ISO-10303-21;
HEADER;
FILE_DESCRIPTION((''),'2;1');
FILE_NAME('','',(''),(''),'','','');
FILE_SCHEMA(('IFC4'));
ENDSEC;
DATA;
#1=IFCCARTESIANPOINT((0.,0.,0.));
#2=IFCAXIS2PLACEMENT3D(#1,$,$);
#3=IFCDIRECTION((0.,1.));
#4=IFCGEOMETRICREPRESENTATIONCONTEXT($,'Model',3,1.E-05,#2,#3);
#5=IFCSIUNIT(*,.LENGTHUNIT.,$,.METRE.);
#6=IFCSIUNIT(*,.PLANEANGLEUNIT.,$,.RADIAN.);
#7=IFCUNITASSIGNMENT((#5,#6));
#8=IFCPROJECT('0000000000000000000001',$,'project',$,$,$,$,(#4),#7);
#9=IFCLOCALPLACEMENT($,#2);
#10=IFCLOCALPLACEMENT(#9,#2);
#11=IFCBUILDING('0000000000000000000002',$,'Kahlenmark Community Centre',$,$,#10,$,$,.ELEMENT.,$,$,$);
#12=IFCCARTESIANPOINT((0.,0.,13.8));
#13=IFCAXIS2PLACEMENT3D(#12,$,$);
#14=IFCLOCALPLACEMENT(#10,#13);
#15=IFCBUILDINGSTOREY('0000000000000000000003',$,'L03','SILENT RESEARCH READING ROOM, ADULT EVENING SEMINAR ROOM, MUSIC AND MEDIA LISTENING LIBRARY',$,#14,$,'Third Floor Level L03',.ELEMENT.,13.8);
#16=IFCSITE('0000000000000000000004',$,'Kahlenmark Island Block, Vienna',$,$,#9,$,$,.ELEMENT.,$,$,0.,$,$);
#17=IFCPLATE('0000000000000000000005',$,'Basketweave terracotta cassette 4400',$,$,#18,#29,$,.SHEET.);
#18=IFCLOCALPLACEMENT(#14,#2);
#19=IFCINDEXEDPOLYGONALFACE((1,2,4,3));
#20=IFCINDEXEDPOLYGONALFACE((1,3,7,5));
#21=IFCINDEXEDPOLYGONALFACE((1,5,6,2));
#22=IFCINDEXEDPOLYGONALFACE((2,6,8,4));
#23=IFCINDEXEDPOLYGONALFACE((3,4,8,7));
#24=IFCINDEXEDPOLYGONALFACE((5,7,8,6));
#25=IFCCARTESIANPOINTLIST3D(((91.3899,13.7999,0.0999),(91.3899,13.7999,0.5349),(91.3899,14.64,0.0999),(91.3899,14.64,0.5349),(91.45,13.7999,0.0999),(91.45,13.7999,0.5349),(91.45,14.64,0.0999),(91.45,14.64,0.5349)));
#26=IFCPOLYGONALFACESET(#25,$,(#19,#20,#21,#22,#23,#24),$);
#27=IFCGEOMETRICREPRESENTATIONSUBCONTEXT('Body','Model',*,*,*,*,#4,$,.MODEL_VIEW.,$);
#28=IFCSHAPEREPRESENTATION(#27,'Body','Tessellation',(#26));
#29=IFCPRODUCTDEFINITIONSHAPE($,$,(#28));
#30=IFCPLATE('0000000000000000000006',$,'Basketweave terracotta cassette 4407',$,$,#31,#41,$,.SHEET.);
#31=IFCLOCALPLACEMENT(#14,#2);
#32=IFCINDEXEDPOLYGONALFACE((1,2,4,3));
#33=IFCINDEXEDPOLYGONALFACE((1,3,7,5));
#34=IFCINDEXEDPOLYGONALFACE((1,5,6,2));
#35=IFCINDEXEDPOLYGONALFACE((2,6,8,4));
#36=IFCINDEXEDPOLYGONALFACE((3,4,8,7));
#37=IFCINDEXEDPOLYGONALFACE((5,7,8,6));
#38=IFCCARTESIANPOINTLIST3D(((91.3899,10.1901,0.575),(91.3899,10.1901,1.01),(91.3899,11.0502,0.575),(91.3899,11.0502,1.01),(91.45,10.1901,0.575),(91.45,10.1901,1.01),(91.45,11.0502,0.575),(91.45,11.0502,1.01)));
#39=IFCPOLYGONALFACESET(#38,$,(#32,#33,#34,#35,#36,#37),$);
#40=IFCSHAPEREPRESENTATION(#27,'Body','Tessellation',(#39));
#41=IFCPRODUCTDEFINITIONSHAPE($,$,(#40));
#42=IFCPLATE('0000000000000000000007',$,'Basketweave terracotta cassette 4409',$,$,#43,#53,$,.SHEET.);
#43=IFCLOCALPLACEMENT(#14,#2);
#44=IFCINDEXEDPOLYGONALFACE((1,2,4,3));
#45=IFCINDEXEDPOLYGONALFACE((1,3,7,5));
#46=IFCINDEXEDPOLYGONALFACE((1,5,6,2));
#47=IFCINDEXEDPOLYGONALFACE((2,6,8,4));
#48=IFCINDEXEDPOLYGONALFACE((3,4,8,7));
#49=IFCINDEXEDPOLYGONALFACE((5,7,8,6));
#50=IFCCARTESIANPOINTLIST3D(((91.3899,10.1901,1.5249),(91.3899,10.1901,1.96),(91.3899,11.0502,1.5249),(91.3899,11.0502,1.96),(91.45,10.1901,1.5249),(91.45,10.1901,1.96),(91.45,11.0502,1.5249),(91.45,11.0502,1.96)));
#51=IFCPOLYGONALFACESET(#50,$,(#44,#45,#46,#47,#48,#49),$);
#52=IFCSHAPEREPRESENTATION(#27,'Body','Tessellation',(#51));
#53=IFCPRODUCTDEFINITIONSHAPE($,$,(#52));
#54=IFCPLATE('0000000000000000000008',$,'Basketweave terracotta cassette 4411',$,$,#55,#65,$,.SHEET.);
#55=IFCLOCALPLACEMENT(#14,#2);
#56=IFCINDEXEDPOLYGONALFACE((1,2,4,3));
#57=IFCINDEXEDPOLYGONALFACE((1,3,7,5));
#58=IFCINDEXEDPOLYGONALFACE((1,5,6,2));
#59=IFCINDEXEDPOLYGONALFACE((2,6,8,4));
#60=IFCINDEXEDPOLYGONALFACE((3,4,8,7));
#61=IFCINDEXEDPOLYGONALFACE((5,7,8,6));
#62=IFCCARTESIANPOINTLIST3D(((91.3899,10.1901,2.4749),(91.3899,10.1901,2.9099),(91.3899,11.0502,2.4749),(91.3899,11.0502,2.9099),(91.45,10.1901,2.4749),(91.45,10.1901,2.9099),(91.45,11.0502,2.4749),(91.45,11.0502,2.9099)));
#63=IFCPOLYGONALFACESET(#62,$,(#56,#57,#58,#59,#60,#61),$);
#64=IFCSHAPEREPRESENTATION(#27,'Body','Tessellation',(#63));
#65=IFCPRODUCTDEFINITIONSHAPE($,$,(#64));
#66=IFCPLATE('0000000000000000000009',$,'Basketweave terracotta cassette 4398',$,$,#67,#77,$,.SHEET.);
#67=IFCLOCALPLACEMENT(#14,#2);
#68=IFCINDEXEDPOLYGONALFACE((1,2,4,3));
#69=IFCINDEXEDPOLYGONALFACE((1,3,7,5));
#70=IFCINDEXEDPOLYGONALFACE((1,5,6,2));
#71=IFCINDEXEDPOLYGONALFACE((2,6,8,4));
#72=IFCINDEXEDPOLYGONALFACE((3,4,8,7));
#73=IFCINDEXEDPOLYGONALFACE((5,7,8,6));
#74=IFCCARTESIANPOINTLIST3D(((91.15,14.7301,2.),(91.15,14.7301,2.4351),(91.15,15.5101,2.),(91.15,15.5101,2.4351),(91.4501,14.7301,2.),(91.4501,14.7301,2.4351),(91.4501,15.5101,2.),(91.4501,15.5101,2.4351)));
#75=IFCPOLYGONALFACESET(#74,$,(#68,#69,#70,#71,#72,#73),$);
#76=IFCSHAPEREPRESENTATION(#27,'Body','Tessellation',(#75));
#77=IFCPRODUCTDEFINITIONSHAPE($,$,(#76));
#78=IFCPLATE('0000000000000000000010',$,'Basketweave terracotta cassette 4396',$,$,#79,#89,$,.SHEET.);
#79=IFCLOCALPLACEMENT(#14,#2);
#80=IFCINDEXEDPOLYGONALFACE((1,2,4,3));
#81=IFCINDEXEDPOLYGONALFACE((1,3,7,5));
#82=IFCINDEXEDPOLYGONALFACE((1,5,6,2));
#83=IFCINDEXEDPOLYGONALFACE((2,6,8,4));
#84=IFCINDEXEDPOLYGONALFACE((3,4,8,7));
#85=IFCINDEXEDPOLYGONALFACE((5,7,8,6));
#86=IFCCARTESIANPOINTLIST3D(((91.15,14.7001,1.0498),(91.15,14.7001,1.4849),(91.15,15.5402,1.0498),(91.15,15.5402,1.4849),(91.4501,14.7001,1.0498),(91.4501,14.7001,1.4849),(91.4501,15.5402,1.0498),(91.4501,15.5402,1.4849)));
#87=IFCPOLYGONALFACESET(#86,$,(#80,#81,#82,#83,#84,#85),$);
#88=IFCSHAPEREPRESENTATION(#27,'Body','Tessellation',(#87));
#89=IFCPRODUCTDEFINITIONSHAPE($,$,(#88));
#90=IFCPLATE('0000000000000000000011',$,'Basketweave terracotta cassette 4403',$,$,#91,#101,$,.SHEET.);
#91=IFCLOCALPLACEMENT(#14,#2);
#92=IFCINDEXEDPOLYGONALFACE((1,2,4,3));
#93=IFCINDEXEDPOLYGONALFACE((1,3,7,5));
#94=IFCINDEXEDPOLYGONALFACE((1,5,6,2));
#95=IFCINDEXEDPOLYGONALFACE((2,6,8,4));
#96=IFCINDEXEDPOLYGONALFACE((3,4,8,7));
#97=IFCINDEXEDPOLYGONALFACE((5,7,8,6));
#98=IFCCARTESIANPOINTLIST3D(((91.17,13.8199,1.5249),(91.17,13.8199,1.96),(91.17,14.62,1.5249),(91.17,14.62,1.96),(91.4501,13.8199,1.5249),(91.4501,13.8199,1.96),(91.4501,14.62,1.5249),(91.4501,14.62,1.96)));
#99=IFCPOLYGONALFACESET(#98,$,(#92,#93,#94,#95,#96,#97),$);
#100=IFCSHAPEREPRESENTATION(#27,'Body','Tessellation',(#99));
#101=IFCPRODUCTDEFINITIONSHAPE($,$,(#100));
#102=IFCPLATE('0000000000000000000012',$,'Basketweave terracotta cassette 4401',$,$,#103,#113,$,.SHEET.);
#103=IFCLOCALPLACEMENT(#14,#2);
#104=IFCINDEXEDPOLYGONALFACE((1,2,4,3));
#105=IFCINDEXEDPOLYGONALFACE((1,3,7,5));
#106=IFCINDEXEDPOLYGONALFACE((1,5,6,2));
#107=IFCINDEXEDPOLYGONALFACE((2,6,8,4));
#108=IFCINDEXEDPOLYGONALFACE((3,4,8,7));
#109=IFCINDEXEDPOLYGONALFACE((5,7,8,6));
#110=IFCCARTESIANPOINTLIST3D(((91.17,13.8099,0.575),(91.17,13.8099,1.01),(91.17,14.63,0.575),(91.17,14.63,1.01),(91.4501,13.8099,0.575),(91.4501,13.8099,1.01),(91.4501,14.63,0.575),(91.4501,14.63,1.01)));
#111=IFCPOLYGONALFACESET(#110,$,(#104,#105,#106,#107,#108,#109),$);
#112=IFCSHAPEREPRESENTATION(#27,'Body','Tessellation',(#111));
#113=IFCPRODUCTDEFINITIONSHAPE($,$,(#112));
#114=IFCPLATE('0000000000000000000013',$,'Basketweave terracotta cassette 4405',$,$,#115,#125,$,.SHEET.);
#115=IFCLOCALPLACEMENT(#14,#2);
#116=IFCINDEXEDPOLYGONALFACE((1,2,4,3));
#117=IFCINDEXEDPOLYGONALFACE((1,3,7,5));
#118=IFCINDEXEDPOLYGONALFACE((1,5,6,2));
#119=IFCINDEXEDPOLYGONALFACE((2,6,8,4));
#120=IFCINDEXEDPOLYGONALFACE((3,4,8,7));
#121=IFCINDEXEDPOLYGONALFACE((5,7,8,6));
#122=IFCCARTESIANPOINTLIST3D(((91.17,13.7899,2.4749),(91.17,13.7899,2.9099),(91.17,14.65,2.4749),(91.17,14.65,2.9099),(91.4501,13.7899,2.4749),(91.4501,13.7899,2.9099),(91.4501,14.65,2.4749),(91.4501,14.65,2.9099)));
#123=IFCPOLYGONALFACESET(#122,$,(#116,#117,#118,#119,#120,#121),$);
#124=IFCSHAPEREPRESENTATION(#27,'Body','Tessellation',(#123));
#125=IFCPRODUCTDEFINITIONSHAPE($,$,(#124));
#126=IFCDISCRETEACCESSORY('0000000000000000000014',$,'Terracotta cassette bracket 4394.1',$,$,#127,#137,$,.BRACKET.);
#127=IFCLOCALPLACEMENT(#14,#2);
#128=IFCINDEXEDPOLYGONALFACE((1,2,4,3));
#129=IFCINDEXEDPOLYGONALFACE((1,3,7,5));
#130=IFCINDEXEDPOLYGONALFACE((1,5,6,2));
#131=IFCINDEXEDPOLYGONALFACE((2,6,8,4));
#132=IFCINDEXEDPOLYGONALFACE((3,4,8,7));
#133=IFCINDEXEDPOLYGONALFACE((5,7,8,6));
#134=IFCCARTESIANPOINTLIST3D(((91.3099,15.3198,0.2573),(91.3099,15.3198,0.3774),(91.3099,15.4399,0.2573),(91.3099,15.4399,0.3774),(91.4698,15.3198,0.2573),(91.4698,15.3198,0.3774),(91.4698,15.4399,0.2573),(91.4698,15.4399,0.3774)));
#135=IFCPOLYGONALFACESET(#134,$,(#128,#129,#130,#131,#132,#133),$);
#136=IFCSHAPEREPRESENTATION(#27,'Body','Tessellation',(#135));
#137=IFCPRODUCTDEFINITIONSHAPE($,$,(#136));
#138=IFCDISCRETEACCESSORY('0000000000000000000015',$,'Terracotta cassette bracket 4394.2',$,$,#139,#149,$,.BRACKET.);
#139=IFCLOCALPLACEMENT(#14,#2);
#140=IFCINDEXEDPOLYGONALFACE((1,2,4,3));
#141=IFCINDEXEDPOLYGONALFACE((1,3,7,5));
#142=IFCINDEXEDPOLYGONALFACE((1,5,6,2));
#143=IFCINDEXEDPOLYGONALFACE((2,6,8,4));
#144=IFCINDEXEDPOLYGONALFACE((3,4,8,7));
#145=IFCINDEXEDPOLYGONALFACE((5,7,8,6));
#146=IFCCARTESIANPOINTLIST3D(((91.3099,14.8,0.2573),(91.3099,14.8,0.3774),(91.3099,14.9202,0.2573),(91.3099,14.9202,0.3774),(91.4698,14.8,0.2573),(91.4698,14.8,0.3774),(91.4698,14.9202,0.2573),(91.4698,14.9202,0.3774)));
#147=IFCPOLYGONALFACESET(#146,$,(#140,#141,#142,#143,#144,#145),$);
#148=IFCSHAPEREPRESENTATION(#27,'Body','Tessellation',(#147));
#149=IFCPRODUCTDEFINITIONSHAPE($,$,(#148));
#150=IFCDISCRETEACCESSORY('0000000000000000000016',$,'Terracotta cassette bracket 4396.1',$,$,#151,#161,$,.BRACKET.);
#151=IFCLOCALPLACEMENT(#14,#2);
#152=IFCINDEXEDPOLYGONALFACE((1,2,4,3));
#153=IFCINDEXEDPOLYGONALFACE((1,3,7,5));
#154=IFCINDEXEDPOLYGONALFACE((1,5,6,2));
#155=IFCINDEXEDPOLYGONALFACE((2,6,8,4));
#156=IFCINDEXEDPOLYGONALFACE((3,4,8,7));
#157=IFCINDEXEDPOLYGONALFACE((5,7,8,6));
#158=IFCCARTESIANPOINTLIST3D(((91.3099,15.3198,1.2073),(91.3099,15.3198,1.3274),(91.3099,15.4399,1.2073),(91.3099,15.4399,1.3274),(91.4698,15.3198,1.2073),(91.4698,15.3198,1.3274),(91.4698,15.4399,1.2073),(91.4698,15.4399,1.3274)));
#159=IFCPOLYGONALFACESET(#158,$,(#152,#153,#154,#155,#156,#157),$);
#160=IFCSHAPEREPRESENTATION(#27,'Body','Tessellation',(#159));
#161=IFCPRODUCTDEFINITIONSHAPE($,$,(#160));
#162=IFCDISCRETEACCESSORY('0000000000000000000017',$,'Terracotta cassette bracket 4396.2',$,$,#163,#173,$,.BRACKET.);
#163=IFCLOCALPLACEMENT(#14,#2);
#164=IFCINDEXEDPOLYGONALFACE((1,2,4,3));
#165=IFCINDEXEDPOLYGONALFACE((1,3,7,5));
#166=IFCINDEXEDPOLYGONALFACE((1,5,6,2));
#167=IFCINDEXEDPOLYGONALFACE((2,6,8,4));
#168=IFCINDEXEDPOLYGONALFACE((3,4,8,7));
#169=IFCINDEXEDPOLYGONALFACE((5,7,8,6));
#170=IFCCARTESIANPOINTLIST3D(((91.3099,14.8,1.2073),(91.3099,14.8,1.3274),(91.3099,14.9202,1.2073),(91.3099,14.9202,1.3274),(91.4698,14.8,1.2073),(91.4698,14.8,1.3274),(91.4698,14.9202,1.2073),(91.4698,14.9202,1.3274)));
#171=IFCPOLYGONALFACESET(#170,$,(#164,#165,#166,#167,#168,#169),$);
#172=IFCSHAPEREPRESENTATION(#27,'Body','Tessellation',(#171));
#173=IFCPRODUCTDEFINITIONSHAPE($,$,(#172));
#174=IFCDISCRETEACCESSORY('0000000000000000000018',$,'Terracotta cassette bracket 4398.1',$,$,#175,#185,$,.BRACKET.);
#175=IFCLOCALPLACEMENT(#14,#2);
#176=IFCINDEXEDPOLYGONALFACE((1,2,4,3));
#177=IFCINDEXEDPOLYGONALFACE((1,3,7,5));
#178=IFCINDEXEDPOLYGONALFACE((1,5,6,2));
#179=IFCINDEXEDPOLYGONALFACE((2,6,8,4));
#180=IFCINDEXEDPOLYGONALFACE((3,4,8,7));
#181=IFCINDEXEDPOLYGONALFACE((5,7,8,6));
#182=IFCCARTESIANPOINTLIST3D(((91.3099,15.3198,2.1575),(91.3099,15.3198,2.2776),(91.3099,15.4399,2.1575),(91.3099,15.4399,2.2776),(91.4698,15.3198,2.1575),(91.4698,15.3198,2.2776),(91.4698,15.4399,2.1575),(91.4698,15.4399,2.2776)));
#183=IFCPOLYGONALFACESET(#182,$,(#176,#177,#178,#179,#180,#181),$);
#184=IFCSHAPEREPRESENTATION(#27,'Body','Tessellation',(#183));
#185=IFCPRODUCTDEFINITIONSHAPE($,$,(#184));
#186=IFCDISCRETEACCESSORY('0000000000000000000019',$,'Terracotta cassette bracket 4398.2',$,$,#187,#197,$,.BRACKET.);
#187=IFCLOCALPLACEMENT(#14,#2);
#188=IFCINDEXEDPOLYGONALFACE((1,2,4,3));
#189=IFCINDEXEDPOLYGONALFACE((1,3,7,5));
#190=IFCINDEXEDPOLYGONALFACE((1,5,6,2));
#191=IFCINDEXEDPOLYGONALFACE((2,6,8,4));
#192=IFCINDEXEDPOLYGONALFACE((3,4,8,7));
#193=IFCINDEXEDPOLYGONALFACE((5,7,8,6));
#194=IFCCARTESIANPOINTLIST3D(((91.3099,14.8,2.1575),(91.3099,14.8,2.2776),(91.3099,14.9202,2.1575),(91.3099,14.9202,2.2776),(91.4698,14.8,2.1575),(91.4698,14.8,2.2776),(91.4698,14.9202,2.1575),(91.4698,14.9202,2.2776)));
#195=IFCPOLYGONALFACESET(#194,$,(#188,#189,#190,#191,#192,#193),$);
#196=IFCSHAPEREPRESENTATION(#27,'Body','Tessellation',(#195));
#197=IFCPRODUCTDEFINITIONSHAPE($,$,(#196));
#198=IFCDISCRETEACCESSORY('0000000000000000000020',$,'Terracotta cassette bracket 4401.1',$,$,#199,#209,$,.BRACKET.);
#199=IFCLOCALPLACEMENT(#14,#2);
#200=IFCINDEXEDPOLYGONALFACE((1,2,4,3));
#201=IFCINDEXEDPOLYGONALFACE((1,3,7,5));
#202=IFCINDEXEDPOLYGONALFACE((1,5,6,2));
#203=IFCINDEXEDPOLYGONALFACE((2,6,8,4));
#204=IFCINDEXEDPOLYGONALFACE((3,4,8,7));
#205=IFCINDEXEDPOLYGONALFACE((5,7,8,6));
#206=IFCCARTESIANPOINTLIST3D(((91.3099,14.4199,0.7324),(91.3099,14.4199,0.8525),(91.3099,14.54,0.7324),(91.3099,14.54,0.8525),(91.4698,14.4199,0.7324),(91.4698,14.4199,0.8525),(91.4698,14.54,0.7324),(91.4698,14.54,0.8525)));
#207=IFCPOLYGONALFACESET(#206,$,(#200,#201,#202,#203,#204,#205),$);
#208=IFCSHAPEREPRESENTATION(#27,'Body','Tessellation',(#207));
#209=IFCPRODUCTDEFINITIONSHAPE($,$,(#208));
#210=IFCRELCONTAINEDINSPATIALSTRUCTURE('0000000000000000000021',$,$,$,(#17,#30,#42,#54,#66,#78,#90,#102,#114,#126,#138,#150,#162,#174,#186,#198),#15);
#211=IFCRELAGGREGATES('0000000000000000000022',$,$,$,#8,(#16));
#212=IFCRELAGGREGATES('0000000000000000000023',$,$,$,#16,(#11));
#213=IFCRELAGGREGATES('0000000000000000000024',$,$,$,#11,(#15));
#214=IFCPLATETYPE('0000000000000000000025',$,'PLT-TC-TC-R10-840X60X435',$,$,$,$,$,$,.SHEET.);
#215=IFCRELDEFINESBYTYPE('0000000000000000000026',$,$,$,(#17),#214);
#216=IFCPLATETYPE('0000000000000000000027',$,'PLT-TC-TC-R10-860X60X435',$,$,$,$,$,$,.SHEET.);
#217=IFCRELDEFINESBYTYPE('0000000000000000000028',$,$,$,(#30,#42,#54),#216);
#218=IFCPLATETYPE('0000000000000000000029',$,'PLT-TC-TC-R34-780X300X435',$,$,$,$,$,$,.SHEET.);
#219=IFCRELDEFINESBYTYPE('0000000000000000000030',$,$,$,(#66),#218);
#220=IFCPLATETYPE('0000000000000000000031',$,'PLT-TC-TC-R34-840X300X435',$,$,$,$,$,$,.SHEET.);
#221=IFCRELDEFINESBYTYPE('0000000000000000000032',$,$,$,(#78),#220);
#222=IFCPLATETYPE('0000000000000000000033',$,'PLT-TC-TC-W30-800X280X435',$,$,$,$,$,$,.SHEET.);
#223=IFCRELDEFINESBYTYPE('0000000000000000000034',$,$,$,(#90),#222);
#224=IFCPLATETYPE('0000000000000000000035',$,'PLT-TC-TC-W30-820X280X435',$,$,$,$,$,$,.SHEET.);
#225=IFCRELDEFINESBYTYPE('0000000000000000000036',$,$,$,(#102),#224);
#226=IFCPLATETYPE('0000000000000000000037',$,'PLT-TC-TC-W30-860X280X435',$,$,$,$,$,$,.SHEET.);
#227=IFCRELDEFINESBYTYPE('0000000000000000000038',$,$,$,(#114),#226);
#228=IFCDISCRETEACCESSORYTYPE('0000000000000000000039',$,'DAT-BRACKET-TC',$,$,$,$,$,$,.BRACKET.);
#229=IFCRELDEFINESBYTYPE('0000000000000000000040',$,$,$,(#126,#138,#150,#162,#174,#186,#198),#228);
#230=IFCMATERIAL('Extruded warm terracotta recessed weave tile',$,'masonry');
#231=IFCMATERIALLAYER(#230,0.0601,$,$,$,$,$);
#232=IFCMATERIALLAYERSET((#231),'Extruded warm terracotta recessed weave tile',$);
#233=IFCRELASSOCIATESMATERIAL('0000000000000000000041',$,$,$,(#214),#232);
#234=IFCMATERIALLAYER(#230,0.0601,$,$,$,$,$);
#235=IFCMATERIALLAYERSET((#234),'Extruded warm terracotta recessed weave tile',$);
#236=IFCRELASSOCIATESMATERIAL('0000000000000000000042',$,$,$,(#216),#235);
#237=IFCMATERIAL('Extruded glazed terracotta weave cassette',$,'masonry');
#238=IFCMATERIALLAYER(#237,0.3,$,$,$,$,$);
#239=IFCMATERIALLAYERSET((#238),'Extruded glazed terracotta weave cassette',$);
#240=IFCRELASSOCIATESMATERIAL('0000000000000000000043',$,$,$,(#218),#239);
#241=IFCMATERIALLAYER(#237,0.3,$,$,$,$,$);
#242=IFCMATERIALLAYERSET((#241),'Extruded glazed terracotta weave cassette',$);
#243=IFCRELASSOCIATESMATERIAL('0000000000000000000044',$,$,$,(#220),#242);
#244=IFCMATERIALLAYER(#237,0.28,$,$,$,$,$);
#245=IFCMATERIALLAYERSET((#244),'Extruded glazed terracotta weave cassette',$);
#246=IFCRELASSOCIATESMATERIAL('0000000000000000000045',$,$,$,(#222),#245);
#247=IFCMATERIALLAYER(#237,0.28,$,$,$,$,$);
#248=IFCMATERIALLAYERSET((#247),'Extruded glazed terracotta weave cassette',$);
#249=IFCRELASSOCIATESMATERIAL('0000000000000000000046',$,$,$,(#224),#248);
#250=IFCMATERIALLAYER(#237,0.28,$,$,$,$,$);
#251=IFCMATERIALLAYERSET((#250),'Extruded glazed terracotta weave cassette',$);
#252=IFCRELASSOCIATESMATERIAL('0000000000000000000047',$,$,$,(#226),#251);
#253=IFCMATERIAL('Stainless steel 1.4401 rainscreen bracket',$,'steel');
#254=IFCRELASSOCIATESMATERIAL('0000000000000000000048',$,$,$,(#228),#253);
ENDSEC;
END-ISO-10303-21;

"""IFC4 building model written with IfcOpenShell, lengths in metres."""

from ifc_helpers import new_model, si_unit, direction, frame, origin, origin_2d, place, context, subcontext, project, spatial, rectangle, extrude, material, layer, layer_set, type_object, element, save


model = new_model("IFC4")

# Units and contexts
model_context = context("Model", 3, precision=1e-05, world=origin(), true_north=direction((0.0, 1.0)))
body_context = subcontext(model_context, "Body", "Model", "MODEL_VIEW")
ifc_project = project(units=[si_unit("LENGTHUNIT", "METRE"), si_unit("PLANEANGLEUNIT", "RADIAN")], contexts=[model_context])

# Site, building, storey
site_placement = place(None, origin())
site = spatial("IfcSite", under=ifc_project, at=site_placement, Name="Kahlenmark Island Block, Vienna", CompositionType="ELEMENT", RefElevation=0.0)
building_placement = place(site_placement, origin())
building = spatial("IfcBuilding", under=site, at=building_placement, Name="Kahlenmark Community Centre", CompositionType="ELEMENT")
storey_placement = place(building_placement, frame((0.0, 0.0, 13.8)))
storey = spatial("IfcBuildingStorey", under=building, at=storey_placement, Name="L03", Description="SILENT RESEARCH READING ROOM, ADULT EVENING SEMINAR ROOM, MUSIC AND MEDIA LISTENING LIBRARY", LongName="Third Floor Level L03", CompositionType="ELEMENT", Elevation=13.8)

# Plates
ifc_material_1 = material(Name="Extruded warm terracotta recessed weave tile", Category="masonry")
ifc_layer_1 = layer(ifc_material_1, 0.0601)
ifc_layer_set_1 = layer_set([ifc_layer_1], Name="Extruded warm terracotta recessed weave tile")
plate_type_1 = type_object("IfcPlateType", Name="PLT-TC-TC-R10-840X60X435", PredefinedType="SHEET", material=ifc_layer_set_1)
plate_1_placement = place(storey_placement, frame((91.4199, 14.22, 0.0999), z_axis=(0.0, 0.0, 1.0), x_axis=(0.0, -1.0, 0.0)))
element("IfcPlate", 1, at=plate_1_placement, inside=storey, type_object=plate_type_1, Name="Basketweave terracotta cassette 4400", PredefinedType="SHEET", context=body_context, shape_type="SweptSolid", body=[
    extrude(rectangle(XDim=0.8401, YDim=0.0601, at=origin_2d()), origin(), (0.0, 0.0, 1.0), 0.4351),
])
ifc_layer_2 = layer(ifc_material_1, 0.0601)
ifc_layer_set_2 = layer_set([ifc_layer_2], Name="Extruded warm terracotta recessed weave tile")
plate_type_2 = type_object("IfcPlateType", Name="PLT-TC-TC-R10-860X60X435", PredefinedType="SHEET", material=ifc_layer_set_2)
for number, where, z_axis, x_axis, name in (
    (2, (91.4199, 10.6201, 0.575), (0.0, 0.0, 1.0), (0.0, -1.0, 0.0), "Basketweave terracotta cassette 4407"),
    (3, (91.4199, 10.6201, 1.5249), (0.0, 0.0, 1.0), (0.0, -1.0, 0.0), "Basketweave terracotta cassette 4409"),
    (4, (91.4199, 10.6201, 2.4749), (0.0, 0.0, 1.0), (0.0, -1.0, 0.0), "Basketweave terracotta cassette 4411"),
):
    element("IfcPlate", number, at=place(storey_placement, frame(where, z_axis=z_axis, x_axis=x_axis)), inside=storey, type_object=plate_type_2, Name=name, PredefinedType="SHEET", context=body_context, shape_type="SweptSolid", body=[
        extrude(rectangle(XDim=0.8601, YDim=0.0601, at=origin_2d()), origin(), (0.0, 0.0, 1.0), 0.4351),
    ])
ifc_material_2 = material(Name="Extruded glazed terracotta weave cassette", Category="masonry")
ifc_layer_3 = layer(ifc_material_2, 0.3)
ifc_layer_set_3 = layer_set([ifc_layer_3], Name="Extruded glazed terracotta weave cassette")
plate_type_3 = type_object("IfcPlateType", Name="PLT-TC-TC-R34-780X300X435", PredefinedType="SHEET", material=ifc_layer_set_3)
plate_2_placement = place(storey_placement, frame((91.3, 15.1201, 2.0), z_axis=(0.0, 0.0, 1.0), x_axis=(0.0, -1.0, 0.0)))
element("IfcPlate", 5, at=plate_2_placement, inside=storey, type_object=plate_type_3, Name="Basketweave terracotta cassette 4398", PredefinedType="SHEET", context=body_context, shape_type="SweptSolid", body=[
    extrude(rectangle(XDim=0.78, YDim=0.3, at=origin_2d()), origin(), (0.0, 0.0, 1.0), 0.4351),
])
ifc_layer_4 = layer(ifc_material_2, 0.3)
ifc_layer_set_4 = layer_set([ifc_layer_4], Name="Extruded glazed terracotta weave cassette")
plate_type_4 = type_object("IfcPlateType", Name="PLT-TC-TC-R34-840X300X435", PredefinedType="SHEET", material=ifc_layer_set_4)
plate_3_placement = place(storey_placement, frame((91.3, 15.1201, 1.0498), z_axis=(0.0, 0.0, 1.0), x_axis=(0.0, -1.0, 0.0)))
element("IfcPlate", 6, at=plate_3_placement, inside=storey, type_object=plate_type_4, Name="Basketweave terracotta cassette 4396", PredefinedType="SHEET", context=body_context, shape_type="SweptSolid", body=[
    extrude(rectangle(XDim=0.8401, YDim=0.3, at=origin_2d()), origin(), (0.0, 0.0, 1.0), 0.4351),
])
ifc_layer_5 = layer(ifc_material_2, 0.28)
ifc_layer_set_5 = layer_set([ifc_layer_5], Name="Extruded glazed terracotta weave cassette")
plate_type_5 = type_object("IfcPlateType", Name="PLT-TC-TC-W30-800X280X435", PredefinedType="SHEET", material=ifc_layer_set_5)
plate_4_placement = place(storey_placement, frame((91.3101, 14.22, 1.5249), z_axis=(0.0, 0.0, 1.0), x_axis=(0.0, -1.0, 0.0)))
element("IfcPlate", 7, at=plate_4_placement, inside=storey, type_object=plate_type_5, Name="Basketweave terracotta cassette 4403", PredefinedType="SHEET", context=body_context, shape_type="SweptSolid", body=[
    extrude(rectangle(XDim=0.8, YDim=0.28, at=origin_2d()), origin(), (0.0, 0.0, 1.0), 0.4351),
])
ifc_layer_6 = layer(ifc_material_2, 0.28)
ifc_layer_set_6 = layer_set([ifc_layer_6], Name="Extruded glazed terracotta weave cassette")
plate_type_6 = type_object("IfcPlateType", Name="PLT-TC-TC-W30-820X280X435", PredefinedType="SHEET", material=ifc_layer_set_6)
plate_5_placement = place(storey_placement, frame((91.3101, 14.22, 0.575), z_axis=(0.0, 0.0, 1.0), x_axis=(0.0, -1.0, 0.0)))
element("IfcPlate", 8, at=plate_5_placement, inside=storey, type_object=plate_type_6, Name="Basketweave terracotta cassette 4401", PredefinedType="SHEET", context=body_context, shape_type="SweptSolid", body=[
    extrude(rectangle(XDim=0.8201, YDim=0.28, at=origin_2d()), origin(), (0.0, 0.0, 1.0), 0.4351),
])
ifc_layer_7 = layer(ifc_material_2, 0.28)
ifc_layer_set_7 = layer_set([ifc_layer_7], Name="Extruded glazed terracotta weave cassette")
plate_type_7 = type_object("IfcPlateType", Name="PLT-TC-TC-W30-860X280X435", PredefinedType="SHEET", material=ifc_layer_set_7)
plate_6_placement = place(storey_placement, frame((91.3101, 14.22, 2.4749), z_axis=(0.0, 0.0, 1.0), x_axis=(0.0, -1.0, 0.0)))
element("IfcPlate", 9, at=plate_6_placement, inside=storey, type_object=plate_type_7, Name="Basketweave terracotta cassette 4405", PredefinedType="SHEET", context=body_context, shape_type="SweptSolid", body=[
    extrude(rectangle(XDim=0.8601, YDim=0.28, at=origin_2d()), origin(), (0.0, 0.0, 1.0), 0.4351),
])

# Discrete accessories
ifc_material_3 = material(Name="Stainless steel 1.4401 rainscreen bracket", Category="steel")
discrete_accessory_type = type_object("IfcDiscreteAccessoryType", Name="DAT-BRACKET-TC", PredefinedType="BRACKET", material=ifc_material_3)
for number, where, z_axis, x_axis, name in (
    (10, (91.3899, 15.3799, 0.2573), (0.0, 0.0, 1.0), (0.0, -1.0, 0.0), "Terracotta cassette bracket 4394.1"),
    (11, (91.3899, 14.8601, 0.2573), (0.0, 0.0, 1.0), (0.0, -1.0, 0.0), "Terracotta cassette bracket 4394.2"),
    (12, (91.3899, 15.3799, 1.2073), (0.0, 0.0, 1.0), (0.0, -1.0, 0.0), "Terracotta cassette bracket 4396.1"),
    (13, (91.3899, 14.8601, 1.2073), (0.0, 0.0, 1.0), (0.0, -1.0, 0.0), "Terracotta cassette bracket 4396.2"),
    (14, (91.3899, 15.3799, 2.1575), (0.0, 0.0, 1.0), (0.0, -1.0, 0.0), "Terracotta cassette bracket 4398.1"),
    (15, (91.3899, 14.8601, 2.1575), (0.0, 0.0, 1.0), (0.0, -1.0, 0.0), "Terracotta cassette bracket 4398.2"),
    (16, (91.3899, 14.48, 0.7324), (0.0, 0.0, 1.0), (0.0, -1.0, 0.0), "Terracotta cassette bracket 4401.1"),
):
    element("IfcDiscreteAccessory", number, at=place(storey_placement, frame(where, z_axis=z_axis, x_axis=x_axis)), inside=storey, type_object=discrete_accessory_type, Name=name, PredefinedType="BRACKET", context=body_context, shape_type="SweptSolid", body=[
        extrude(rectangle(XDim=0.1201, YDim=0.1599, at=origin_2d()), origin(), (0.0, 0.0, 1.0), 0.1201),
    ])

save(model, "model.ifc")
